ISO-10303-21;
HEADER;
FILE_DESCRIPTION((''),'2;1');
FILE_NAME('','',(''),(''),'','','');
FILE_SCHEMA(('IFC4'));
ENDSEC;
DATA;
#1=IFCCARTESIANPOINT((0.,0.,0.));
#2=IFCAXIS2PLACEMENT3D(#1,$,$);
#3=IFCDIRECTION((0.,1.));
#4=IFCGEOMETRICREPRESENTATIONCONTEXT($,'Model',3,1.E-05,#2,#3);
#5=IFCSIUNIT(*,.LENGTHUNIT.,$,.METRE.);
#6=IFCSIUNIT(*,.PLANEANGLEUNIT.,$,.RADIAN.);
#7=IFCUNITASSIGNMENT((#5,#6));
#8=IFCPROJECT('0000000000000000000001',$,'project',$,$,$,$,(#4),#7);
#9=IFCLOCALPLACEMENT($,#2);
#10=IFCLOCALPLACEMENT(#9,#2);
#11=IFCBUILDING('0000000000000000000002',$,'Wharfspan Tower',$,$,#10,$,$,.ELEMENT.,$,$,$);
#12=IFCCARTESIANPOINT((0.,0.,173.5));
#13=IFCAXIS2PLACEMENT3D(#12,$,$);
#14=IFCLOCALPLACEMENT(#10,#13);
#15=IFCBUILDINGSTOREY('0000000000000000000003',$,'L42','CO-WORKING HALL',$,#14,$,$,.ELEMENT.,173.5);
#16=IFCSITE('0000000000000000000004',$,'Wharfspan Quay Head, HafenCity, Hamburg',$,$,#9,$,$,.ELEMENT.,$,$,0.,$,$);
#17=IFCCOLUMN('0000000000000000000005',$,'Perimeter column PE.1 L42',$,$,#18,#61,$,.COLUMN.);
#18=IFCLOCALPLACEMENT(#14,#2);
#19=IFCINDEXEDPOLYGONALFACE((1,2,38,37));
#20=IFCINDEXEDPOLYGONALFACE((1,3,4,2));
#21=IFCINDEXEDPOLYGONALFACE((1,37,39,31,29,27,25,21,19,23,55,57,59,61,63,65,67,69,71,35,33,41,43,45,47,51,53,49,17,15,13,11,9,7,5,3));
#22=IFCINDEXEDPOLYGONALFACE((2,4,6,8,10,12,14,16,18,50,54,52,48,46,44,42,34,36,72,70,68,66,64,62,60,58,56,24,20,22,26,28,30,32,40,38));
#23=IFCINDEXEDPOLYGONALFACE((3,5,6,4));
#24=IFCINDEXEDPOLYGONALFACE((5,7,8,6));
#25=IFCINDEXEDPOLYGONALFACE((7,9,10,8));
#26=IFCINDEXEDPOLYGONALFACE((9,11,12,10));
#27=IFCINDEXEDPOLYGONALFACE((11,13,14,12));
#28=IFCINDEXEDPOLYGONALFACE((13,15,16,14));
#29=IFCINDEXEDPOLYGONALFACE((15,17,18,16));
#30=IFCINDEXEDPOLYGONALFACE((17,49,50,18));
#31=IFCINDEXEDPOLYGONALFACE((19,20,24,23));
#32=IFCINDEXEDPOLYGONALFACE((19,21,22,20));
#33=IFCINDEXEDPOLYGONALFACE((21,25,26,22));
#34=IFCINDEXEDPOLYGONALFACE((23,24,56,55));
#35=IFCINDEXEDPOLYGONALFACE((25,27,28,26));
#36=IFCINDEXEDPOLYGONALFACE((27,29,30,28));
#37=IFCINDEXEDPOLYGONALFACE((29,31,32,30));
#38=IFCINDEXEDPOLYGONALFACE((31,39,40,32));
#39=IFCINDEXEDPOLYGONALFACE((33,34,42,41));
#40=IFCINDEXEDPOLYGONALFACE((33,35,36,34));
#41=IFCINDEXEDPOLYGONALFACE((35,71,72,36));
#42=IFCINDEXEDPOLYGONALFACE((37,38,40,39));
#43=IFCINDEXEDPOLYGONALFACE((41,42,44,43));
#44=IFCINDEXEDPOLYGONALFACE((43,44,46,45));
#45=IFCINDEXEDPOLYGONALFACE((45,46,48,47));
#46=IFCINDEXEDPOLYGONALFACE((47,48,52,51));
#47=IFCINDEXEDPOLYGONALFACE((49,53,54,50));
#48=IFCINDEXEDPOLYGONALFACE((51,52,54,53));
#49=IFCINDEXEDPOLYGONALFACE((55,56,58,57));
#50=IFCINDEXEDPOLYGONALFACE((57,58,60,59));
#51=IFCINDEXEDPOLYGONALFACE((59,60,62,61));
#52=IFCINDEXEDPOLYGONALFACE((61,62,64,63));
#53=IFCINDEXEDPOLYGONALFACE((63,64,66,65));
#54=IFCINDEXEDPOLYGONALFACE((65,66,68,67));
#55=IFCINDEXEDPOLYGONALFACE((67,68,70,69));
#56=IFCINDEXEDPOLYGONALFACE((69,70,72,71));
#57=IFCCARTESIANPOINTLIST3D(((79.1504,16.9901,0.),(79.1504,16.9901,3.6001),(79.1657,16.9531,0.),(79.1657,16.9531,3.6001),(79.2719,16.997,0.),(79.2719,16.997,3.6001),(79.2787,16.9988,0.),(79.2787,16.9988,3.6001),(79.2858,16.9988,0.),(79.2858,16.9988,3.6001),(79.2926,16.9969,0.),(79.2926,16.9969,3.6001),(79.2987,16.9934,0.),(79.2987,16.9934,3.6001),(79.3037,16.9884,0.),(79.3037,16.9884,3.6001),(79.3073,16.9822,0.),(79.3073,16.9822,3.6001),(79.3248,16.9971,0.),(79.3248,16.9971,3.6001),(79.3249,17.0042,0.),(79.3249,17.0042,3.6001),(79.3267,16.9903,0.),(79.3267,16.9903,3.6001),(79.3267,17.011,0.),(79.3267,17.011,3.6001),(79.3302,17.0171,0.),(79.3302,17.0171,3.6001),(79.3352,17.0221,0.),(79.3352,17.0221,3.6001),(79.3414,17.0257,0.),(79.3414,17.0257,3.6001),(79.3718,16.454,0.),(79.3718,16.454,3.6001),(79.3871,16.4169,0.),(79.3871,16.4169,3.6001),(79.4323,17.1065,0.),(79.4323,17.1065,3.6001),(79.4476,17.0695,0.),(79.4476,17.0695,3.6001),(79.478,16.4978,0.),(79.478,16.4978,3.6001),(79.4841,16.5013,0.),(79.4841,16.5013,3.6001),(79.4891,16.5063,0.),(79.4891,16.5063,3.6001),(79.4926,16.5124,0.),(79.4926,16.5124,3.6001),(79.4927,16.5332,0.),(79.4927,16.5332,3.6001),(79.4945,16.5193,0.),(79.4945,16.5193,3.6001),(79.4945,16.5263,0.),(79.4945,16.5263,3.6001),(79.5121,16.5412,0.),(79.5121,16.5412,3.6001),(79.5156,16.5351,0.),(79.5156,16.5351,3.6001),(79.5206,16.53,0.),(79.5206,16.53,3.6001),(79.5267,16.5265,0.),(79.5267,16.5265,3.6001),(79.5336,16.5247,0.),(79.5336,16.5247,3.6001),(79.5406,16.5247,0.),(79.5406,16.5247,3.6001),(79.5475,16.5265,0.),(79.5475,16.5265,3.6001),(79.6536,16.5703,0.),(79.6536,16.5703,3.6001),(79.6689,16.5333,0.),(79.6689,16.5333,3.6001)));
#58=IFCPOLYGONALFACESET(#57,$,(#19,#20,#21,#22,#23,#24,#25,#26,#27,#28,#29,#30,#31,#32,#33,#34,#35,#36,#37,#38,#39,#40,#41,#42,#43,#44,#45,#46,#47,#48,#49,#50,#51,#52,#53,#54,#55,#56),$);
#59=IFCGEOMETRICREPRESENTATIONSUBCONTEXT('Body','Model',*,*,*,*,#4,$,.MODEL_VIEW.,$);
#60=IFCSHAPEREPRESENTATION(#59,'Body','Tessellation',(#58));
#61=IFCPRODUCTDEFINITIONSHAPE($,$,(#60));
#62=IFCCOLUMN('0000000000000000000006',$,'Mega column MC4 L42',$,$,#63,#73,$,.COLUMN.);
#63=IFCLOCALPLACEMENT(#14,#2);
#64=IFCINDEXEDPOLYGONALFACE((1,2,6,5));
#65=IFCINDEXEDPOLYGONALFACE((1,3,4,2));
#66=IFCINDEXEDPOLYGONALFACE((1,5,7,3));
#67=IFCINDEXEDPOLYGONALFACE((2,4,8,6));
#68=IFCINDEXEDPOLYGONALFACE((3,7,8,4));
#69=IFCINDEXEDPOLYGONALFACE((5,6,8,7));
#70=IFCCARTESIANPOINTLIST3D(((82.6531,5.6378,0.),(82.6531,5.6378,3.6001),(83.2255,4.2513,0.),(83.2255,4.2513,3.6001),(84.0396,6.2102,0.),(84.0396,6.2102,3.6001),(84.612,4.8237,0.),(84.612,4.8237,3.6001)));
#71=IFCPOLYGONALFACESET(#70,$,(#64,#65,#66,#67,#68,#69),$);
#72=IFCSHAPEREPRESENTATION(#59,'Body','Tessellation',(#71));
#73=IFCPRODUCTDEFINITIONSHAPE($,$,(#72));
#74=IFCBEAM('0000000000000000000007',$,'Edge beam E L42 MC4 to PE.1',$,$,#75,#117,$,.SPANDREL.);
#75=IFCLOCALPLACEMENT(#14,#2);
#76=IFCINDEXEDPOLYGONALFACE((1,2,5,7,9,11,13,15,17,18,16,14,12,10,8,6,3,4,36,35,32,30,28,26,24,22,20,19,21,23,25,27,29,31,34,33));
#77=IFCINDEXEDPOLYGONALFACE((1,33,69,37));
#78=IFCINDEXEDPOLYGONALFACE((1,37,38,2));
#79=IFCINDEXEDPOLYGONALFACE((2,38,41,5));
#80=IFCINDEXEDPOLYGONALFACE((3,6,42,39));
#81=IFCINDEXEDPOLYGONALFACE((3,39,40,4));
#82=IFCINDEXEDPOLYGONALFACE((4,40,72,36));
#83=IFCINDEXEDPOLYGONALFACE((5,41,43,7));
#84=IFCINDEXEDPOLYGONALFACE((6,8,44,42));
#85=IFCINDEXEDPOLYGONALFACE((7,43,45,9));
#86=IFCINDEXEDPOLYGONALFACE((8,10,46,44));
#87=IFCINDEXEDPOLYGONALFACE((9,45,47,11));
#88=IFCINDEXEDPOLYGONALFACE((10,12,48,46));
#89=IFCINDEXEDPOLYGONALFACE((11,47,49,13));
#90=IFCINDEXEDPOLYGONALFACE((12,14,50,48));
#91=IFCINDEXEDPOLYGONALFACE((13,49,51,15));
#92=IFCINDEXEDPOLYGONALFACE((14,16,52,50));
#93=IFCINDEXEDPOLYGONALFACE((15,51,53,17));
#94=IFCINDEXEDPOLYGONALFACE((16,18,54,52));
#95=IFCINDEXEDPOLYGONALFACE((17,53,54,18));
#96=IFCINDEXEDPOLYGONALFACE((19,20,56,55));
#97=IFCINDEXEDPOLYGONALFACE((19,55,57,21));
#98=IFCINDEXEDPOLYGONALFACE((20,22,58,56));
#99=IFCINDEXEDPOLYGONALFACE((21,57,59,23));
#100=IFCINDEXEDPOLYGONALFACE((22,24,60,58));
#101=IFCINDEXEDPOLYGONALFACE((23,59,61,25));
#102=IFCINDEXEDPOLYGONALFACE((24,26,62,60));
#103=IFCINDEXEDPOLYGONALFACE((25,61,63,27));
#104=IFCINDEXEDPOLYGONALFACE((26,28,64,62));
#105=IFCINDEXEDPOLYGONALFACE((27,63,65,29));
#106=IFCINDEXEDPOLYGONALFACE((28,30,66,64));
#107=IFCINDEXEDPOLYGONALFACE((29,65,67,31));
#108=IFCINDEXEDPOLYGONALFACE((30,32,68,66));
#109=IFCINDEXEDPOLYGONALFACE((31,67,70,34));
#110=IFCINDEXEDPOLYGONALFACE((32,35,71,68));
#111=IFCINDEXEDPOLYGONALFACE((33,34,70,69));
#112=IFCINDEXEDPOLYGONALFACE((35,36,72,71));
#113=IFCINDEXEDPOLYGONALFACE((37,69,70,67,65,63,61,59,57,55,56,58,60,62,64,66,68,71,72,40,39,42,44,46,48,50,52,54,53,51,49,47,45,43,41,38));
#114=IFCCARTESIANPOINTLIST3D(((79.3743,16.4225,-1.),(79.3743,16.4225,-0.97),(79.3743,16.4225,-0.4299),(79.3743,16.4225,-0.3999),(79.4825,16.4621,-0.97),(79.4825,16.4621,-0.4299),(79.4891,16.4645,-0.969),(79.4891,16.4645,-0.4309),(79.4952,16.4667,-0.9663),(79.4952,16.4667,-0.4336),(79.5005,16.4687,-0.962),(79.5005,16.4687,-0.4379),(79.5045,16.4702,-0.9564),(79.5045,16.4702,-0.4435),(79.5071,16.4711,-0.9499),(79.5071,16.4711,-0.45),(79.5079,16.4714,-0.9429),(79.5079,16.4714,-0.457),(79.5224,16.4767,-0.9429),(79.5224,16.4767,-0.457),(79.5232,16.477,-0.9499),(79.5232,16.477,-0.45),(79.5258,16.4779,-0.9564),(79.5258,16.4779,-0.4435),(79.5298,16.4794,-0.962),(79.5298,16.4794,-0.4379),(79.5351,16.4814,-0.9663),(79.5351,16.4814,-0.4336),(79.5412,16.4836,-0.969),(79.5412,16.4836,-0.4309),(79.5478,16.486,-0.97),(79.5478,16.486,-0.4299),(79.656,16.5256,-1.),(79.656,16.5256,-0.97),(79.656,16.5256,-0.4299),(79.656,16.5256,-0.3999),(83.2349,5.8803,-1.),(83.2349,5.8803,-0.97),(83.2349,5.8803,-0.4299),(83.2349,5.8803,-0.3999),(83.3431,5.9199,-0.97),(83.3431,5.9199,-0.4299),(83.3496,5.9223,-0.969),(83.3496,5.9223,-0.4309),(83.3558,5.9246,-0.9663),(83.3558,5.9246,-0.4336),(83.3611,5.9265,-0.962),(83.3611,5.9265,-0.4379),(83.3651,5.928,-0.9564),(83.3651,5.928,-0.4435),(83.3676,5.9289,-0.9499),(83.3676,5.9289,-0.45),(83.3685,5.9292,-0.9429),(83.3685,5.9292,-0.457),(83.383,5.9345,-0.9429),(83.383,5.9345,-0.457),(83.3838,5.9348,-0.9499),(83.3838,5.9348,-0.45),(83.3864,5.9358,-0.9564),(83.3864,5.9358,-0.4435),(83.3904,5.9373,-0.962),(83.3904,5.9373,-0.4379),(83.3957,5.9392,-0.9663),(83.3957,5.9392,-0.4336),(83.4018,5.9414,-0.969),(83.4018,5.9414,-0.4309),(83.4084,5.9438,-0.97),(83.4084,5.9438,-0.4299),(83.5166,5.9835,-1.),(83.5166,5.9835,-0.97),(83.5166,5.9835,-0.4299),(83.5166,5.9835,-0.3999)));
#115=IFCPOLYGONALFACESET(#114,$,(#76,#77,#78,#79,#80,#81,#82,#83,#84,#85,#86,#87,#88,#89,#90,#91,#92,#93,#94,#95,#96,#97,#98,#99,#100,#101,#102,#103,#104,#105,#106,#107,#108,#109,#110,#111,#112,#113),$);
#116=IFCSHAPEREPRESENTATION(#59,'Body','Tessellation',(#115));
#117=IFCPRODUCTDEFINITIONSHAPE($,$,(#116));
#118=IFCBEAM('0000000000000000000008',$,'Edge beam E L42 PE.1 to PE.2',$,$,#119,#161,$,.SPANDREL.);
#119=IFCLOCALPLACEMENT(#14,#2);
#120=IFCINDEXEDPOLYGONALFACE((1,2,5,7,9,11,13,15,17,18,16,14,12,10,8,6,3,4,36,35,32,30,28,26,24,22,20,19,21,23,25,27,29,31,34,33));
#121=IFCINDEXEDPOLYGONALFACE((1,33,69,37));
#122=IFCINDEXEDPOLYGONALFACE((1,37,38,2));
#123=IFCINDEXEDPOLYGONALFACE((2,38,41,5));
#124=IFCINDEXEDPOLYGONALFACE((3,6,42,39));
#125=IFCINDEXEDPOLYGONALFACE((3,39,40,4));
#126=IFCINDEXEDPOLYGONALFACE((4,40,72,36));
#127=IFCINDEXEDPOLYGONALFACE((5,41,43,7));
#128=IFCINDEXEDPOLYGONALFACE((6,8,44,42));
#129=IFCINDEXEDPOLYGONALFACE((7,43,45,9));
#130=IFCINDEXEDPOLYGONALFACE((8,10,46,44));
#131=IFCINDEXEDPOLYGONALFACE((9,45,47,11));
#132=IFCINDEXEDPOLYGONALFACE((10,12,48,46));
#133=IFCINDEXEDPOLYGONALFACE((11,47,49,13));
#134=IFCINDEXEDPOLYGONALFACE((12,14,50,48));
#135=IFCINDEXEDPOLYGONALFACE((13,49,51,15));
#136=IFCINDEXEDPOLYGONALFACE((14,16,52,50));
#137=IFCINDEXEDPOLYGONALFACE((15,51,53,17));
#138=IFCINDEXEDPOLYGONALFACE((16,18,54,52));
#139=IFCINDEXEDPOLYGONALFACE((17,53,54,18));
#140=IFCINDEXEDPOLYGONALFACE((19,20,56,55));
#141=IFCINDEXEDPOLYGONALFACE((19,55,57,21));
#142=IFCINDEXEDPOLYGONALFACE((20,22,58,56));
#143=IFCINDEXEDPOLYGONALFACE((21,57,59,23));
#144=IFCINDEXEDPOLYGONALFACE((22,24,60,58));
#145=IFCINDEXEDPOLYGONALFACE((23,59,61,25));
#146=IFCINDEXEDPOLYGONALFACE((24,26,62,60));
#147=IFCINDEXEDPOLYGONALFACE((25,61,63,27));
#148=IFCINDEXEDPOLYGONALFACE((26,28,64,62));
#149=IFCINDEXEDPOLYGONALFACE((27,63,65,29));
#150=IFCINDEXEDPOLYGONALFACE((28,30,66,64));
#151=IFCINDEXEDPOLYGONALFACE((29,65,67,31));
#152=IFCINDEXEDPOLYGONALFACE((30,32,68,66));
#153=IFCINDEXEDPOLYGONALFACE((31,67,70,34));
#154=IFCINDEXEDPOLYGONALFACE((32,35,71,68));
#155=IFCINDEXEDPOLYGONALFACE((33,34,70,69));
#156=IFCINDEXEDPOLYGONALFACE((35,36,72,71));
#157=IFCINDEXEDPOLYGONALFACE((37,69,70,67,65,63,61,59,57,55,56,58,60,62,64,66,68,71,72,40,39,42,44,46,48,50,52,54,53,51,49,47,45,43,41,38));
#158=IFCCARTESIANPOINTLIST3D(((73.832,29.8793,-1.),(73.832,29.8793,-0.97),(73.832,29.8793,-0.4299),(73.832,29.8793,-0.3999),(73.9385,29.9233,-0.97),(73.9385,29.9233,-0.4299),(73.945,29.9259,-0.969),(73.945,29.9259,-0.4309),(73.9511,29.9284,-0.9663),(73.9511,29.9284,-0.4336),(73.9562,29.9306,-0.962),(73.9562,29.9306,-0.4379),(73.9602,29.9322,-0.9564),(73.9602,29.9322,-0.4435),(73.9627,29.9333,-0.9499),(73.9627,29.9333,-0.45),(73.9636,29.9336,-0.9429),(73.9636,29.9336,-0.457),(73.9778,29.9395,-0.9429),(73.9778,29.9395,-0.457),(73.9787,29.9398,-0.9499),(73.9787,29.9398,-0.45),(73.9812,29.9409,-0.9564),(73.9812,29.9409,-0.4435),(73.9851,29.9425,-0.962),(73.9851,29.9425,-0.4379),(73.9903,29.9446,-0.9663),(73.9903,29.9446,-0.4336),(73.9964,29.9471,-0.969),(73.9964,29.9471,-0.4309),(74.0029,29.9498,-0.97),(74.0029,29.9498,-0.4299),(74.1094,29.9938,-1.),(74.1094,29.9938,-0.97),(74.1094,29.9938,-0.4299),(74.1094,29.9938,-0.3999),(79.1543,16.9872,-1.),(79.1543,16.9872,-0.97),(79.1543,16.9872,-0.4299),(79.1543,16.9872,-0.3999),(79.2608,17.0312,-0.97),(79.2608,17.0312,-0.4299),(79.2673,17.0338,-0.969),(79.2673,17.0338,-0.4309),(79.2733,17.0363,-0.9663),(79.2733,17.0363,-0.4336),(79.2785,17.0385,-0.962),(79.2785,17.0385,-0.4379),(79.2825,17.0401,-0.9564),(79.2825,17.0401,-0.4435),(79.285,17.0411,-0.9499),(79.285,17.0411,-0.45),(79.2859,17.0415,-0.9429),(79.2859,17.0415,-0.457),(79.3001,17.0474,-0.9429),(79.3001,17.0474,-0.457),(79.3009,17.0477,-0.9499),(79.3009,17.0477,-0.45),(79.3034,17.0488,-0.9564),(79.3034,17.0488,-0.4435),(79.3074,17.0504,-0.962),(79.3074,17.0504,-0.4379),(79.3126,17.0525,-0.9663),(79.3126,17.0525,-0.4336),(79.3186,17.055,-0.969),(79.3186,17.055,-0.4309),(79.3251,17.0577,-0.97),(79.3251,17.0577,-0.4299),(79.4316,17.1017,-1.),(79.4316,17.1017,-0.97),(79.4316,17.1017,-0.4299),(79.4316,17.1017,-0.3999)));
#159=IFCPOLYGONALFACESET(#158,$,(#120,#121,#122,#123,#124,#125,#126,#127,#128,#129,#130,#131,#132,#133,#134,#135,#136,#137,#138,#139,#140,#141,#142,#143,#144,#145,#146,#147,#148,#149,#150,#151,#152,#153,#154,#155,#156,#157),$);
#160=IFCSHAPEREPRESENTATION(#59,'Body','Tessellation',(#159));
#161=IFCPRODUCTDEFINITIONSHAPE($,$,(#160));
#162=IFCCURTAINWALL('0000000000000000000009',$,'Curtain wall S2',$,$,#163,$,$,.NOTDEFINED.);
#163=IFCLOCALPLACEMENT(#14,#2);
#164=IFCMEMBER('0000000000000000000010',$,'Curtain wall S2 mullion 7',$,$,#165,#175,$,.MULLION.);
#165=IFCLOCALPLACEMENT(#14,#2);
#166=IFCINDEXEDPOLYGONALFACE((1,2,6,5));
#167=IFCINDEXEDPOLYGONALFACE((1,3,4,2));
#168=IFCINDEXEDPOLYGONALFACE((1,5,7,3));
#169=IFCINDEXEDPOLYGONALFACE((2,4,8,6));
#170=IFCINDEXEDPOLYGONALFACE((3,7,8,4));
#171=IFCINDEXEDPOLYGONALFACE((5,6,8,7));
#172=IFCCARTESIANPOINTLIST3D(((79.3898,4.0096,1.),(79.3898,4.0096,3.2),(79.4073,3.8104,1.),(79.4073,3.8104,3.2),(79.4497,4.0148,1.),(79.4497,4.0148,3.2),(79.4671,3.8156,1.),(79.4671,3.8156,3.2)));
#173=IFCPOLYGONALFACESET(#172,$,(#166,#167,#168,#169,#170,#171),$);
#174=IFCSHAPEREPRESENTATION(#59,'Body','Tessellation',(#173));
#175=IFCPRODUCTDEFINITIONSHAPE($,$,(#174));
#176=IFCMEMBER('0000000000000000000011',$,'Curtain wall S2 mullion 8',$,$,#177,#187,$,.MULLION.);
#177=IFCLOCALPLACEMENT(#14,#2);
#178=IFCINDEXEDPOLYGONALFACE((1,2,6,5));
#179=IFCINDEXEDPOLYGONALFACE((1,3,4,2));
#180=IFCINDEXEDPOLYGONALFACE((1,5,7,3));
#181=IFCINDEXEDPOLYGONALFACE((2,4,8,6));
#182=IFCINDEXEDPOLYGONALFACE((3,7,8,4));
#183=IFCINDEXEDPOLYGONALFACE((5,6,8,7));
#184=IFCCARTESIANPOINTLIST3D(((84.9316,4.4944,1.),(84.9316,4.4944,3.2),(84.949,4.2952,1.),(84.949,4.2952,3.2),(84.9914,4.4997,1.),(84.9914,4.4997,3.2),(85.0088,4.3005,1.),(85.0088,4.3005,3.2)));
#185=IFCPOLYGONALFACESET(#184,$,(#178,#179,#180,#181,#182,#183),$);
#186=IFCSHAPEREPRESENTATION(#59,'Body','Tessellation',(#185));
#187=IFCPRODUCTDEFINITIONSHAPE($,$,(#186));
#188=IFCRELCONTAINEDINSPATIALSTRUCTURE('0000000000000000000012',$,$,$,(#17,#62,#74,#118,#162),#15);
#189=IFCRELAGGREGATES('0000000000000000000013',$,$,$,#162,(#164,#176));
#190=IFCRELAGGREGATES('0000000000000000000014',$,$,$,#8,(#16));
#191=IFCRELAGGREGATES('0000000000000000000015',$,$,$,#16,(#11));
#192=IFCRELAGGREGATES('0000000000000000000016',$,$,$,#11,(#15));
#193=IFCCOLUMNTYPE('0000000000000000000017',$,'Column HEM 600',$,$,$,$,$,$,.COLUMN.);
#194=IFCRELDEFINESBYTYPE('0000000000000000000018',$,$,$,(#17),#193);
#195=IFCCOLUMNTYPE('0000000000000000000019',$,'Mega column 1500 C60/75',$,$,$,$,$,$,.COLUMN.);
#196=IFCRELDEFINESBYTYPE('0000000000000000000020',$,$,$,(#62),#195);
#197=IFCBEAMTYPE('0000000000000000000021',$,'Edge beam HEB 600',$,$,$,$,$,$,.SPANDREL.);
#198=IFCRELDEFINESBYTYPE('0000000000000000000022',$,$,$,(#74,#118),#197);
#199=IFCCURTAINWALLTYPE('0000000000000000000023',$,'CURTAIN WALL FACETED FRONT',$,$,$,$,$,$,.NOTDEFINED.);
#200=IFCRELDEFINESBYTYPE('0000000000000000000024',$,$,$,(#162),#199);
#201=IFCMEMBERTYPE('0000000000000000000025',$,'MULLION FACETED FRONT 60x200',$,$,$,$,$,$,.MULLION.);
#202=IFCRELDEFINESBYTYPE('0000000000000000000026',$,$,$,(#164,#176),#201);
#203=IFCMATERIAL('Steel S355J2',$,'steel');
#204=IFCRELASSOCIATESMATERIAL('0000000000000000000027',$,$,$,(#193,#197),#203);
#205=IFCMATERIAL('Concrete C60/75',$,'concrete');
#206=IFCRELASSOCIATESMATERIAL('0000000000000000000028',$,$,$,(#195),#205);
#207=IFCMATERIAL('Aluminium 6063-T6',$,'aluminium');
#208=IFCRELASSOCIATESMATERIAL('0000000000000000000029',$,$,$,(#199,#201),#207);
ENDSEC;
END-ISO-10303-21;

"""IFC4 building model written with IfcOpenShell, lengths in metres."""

from ifc_helpers import new_model, si_unit, direction, frame, origin, origin_2d, place, context, subcontext, project, spatial, rectangle, i_section, extrude, material, material_profile, profile_set, type_object, element, aggregate, save


model = new_model("IFC4")

# Units and contexts
model_context = context("Model", 3, precision=1e-05, world=origin(), true_north=direction((0.0, 1.0)))
body_context = subcontext(model_context, "Body", "Model", "MODEL_VIEW")
ifc_project = project(units=[si_unit("LENGTHUNIT", "METRE"), si_unit("PLANEANGLEUNIT", "RADIAN")], contexts=[model_context])

# Site, building, storey
site_placement = place(None, origin())
site = spatial("IfcSite", under=ifc_project, at=site_placement, Name="Wharfspan Quay Head, HafenCity, Hamburg", CompositionType="ELEMENT", RefElevation=0.0)
building_placement = place(site_placement, origin())
building = spatial("IfcBuilding", under=site, at=building_placement, Name="Wharfspan Tower", CompositionType="ELEMENT")
storey_placement = place(building_placement, frame((0.0, 0.0, 173.5)))
storey = spatial("IfcBuildingStorey", under=building, at=storey_placement, Name="L42", Description="CO-WORKING HALL", CompositionType="ELEMENT", Elevation=173.5)

# Columns
ifc_material_1 = material(Name="Steel S355J2", Category="steel")
ifc_material_profile_1 = material_profile(ifc_material_1, i_section(OverallWidth=0.3049, OverallDepth=0.6201, WebThickness=0.021, FlangeThickness=0.04, FilletRadius=0.0271, at=origin_2d()))
ifc_profile_set_1 = profile_set([ifc_material_profile_1], Name="Steel S355J2")
column_type_1 = type_object("IfcColumnType", Name="Column HEM 600", PredefinedType="COLUMN", material=ifc_profile_set_1)
column_1_placement = place(storey_placement, frame((79.4097, 16.7617, 0.0), z_axis=(0.0, 0.0, 1.0), x_axis=(0.924325, 0.381602, 0.0)))
element("IfcColumn", 1, at=column_1_placement, inside=storey, type_object=column_type_1, Name="Perimeter column PE.1 L42", PredefinedType="COLUMN", context=body_context, shape_type="SweptSolid", body=[
    extrude(i_section(OverallWidth=0.3049, OverallDepth=0.6201, WebThickness=0.021, FlangeThickness=0.04, FilletRadius=0.0271, at=origin_2d()), origin(), (0.0, 0.0, 1.0), 3.6001),
])
ifc_material_2 = material(Name="Concrete C60/75", Category="concrete")
ifc_material_profile_2 = material_profile(ifc_material_2, rectangle(XDim=1.5, YDim=1.5, at=origin_2d()))
ifc_profile_set_2 = profile_set([ifc_material_profile_2], Name="Concrete C60/75")
column_type_2 = type_object("IfcColumnType", Name="Mega column 1500 C60/75", PredefinedType="COLUMN", material=ifc_profile_set_2)
column_2_placement = place(storey_placement, frame((83.6326, 5.2307, 0.0), z_axis=(0.0, 0.0, 1.0), x_axis=(-0.381602, 0.924325, 0.0)))
element("IfcColumn", 2, at=column_2_placement, inside=storey, type_object=column_type_2, Name="Mega column MC4 L42", PredefinedType="COLUMN", context=body_context, shape_type="SweptSolid", body=[
    extrude(rectangle(XDim=1.5, YDim=1.5, at=origin_2d()), origin(), (0.0, 0.0, 1.0), 3.6001),
])

# Beams
ifc_material_profile_3 = material_profile(ifc_material_1, i_section(OverallWidth=0.3, OverallDepth=0.6001, WebThickness=0.0154, FlangeThickness=0.03, FilletRadius=0.0271, at=origin_2d()))
ifc_profile_set_3 = profile_set([ifc_material_profile_3], Name="Steel S355J2")
beam_type = type_object("IfcBeamType", Name="Edge beam HEB 600", PredefinedType="SPANDREL", material=ifc_profile_set_3)
beam_1_placement = place(storey_placement, frame((83.3757, 5.9319, -0.7), z_axis=(-0.343871, 0.939017, 0.0), x_axis=(-0.939017, -0.343871, 0.0)))
element("IfcBeam", 3, at=beam_1_placement, inside=storey, type_object=beam_type, Name="Edge beam E L42 MC4 to PE.1", PredefinedType="SPANDREL", context=body_context, shape_type="SweptSolid", body=[
    extrude(i_section(OverallWidth=0.3, OverallDepth=0.6001, WebThickness=0.0154, FlangeThickness=0.03, FilletRadius=0.0271, at=origin_2d()), origin(), (0.0, 0.0, 1.0), 11.2268),
])
beam_2_placement = place(storey_placement, frame((79.293, 17.0444, -0.7), z_axis=(-0.381593, 0.92433, 0.0), x_axis=(-0.92433, -0.381593, 0.0)))
element("IfcBeam", 4, at=beam_2_placement, inside=storey, type_object=beam_type, Name="Edge beam E L42 PE.1 to PE.2", PredefinedType="SPANDREL", context=body_context, shape_type="SweptSolid", body=[
    extrude(i_section(OverallWidth=0.3, OverallDepth=0.6001, WebThickness=0.0154, FlangeThickness=0.03, FilletRadius=0.0271, at=origin_2d()), origin(), (0.0, 0.0, 1.0), 13.9475),
])

# Curtain wall, members
ifc_material_3 = material(Name="Aluminium 6063-T6", Category="aluminium")
curtain_wall_type_1 = type_object("IfcCurtainWallType", Name="CURTAIN WALL FACETED FRONT", PredefinedType="NOTDEFINED", material=ifc_material_3)
curtain_wall_1_placement = place(storey_placement, origin())
curtain_wall_1 = element("IfcCurtainWall", 5, at=curtain_wall_1_placement, inside=storey, type_object=curtain_wall_type_1, Name="Curtain wall S2", PredefinedType="NOTDEFINED")
ifc_material_profile_4 = material_profile(ifc_material_3, rectangle(XDim=0.2, YDim=0.0601, at=origin_2d()))
ifc_profile_set_4 = profile_set([ifc_material_profile_4], Name="Aluminium 6063-T6")
member_type_1 = type_object("IfcMemberType", Name="MULLION FACETED FRONT 60x200", PredefinedType="MULLION", material=ifc_profile_set_4)
member_1_placement = place(storey_placement, frame((79.4285, 3.9126, 1.0), z_axis=(0.0, 0.0, 1.0), x_axis=(-0.087156, 0.996198, 0.0)))
member_1 = element("IfcMember", 6, at=member_1_placement, type_object=member_type_1, Name="Curtain wall S2 mullion 7", PredefinedType="MULLION", context=body_context, shape_type="SweptSolid", body=[
    extrude(rectangle(XDim=0.2, YDim=0.0601, at=origin_2d()), origin(), (0.0, 0.0, 1.0), 2.2),
])
member_2_placement = place(storey_placement, frame((84.9702, 4.3975, 1.0), z_axis=(0.0, 0.0, 1.0), x_axis=(-0.087156, 0.996198, 0.0)))
member_2 = element("IfcMember", 7, at=member_2_placement, type_object=member_type_1, Name="Curtain wall S2 mullion 8", PredefinedType="MULLION", context=body_context, shape_type="SweptSolid", body=[
    extrude(rectangle(XDim=0.2, YDim=0.0601, at=origin_2d()), origin(), (0.0, 0.0, 1.0), 2.2),
])

aggregate(curtain_wall_1, [member_1, member_2])

save(model, "model.ifc")
